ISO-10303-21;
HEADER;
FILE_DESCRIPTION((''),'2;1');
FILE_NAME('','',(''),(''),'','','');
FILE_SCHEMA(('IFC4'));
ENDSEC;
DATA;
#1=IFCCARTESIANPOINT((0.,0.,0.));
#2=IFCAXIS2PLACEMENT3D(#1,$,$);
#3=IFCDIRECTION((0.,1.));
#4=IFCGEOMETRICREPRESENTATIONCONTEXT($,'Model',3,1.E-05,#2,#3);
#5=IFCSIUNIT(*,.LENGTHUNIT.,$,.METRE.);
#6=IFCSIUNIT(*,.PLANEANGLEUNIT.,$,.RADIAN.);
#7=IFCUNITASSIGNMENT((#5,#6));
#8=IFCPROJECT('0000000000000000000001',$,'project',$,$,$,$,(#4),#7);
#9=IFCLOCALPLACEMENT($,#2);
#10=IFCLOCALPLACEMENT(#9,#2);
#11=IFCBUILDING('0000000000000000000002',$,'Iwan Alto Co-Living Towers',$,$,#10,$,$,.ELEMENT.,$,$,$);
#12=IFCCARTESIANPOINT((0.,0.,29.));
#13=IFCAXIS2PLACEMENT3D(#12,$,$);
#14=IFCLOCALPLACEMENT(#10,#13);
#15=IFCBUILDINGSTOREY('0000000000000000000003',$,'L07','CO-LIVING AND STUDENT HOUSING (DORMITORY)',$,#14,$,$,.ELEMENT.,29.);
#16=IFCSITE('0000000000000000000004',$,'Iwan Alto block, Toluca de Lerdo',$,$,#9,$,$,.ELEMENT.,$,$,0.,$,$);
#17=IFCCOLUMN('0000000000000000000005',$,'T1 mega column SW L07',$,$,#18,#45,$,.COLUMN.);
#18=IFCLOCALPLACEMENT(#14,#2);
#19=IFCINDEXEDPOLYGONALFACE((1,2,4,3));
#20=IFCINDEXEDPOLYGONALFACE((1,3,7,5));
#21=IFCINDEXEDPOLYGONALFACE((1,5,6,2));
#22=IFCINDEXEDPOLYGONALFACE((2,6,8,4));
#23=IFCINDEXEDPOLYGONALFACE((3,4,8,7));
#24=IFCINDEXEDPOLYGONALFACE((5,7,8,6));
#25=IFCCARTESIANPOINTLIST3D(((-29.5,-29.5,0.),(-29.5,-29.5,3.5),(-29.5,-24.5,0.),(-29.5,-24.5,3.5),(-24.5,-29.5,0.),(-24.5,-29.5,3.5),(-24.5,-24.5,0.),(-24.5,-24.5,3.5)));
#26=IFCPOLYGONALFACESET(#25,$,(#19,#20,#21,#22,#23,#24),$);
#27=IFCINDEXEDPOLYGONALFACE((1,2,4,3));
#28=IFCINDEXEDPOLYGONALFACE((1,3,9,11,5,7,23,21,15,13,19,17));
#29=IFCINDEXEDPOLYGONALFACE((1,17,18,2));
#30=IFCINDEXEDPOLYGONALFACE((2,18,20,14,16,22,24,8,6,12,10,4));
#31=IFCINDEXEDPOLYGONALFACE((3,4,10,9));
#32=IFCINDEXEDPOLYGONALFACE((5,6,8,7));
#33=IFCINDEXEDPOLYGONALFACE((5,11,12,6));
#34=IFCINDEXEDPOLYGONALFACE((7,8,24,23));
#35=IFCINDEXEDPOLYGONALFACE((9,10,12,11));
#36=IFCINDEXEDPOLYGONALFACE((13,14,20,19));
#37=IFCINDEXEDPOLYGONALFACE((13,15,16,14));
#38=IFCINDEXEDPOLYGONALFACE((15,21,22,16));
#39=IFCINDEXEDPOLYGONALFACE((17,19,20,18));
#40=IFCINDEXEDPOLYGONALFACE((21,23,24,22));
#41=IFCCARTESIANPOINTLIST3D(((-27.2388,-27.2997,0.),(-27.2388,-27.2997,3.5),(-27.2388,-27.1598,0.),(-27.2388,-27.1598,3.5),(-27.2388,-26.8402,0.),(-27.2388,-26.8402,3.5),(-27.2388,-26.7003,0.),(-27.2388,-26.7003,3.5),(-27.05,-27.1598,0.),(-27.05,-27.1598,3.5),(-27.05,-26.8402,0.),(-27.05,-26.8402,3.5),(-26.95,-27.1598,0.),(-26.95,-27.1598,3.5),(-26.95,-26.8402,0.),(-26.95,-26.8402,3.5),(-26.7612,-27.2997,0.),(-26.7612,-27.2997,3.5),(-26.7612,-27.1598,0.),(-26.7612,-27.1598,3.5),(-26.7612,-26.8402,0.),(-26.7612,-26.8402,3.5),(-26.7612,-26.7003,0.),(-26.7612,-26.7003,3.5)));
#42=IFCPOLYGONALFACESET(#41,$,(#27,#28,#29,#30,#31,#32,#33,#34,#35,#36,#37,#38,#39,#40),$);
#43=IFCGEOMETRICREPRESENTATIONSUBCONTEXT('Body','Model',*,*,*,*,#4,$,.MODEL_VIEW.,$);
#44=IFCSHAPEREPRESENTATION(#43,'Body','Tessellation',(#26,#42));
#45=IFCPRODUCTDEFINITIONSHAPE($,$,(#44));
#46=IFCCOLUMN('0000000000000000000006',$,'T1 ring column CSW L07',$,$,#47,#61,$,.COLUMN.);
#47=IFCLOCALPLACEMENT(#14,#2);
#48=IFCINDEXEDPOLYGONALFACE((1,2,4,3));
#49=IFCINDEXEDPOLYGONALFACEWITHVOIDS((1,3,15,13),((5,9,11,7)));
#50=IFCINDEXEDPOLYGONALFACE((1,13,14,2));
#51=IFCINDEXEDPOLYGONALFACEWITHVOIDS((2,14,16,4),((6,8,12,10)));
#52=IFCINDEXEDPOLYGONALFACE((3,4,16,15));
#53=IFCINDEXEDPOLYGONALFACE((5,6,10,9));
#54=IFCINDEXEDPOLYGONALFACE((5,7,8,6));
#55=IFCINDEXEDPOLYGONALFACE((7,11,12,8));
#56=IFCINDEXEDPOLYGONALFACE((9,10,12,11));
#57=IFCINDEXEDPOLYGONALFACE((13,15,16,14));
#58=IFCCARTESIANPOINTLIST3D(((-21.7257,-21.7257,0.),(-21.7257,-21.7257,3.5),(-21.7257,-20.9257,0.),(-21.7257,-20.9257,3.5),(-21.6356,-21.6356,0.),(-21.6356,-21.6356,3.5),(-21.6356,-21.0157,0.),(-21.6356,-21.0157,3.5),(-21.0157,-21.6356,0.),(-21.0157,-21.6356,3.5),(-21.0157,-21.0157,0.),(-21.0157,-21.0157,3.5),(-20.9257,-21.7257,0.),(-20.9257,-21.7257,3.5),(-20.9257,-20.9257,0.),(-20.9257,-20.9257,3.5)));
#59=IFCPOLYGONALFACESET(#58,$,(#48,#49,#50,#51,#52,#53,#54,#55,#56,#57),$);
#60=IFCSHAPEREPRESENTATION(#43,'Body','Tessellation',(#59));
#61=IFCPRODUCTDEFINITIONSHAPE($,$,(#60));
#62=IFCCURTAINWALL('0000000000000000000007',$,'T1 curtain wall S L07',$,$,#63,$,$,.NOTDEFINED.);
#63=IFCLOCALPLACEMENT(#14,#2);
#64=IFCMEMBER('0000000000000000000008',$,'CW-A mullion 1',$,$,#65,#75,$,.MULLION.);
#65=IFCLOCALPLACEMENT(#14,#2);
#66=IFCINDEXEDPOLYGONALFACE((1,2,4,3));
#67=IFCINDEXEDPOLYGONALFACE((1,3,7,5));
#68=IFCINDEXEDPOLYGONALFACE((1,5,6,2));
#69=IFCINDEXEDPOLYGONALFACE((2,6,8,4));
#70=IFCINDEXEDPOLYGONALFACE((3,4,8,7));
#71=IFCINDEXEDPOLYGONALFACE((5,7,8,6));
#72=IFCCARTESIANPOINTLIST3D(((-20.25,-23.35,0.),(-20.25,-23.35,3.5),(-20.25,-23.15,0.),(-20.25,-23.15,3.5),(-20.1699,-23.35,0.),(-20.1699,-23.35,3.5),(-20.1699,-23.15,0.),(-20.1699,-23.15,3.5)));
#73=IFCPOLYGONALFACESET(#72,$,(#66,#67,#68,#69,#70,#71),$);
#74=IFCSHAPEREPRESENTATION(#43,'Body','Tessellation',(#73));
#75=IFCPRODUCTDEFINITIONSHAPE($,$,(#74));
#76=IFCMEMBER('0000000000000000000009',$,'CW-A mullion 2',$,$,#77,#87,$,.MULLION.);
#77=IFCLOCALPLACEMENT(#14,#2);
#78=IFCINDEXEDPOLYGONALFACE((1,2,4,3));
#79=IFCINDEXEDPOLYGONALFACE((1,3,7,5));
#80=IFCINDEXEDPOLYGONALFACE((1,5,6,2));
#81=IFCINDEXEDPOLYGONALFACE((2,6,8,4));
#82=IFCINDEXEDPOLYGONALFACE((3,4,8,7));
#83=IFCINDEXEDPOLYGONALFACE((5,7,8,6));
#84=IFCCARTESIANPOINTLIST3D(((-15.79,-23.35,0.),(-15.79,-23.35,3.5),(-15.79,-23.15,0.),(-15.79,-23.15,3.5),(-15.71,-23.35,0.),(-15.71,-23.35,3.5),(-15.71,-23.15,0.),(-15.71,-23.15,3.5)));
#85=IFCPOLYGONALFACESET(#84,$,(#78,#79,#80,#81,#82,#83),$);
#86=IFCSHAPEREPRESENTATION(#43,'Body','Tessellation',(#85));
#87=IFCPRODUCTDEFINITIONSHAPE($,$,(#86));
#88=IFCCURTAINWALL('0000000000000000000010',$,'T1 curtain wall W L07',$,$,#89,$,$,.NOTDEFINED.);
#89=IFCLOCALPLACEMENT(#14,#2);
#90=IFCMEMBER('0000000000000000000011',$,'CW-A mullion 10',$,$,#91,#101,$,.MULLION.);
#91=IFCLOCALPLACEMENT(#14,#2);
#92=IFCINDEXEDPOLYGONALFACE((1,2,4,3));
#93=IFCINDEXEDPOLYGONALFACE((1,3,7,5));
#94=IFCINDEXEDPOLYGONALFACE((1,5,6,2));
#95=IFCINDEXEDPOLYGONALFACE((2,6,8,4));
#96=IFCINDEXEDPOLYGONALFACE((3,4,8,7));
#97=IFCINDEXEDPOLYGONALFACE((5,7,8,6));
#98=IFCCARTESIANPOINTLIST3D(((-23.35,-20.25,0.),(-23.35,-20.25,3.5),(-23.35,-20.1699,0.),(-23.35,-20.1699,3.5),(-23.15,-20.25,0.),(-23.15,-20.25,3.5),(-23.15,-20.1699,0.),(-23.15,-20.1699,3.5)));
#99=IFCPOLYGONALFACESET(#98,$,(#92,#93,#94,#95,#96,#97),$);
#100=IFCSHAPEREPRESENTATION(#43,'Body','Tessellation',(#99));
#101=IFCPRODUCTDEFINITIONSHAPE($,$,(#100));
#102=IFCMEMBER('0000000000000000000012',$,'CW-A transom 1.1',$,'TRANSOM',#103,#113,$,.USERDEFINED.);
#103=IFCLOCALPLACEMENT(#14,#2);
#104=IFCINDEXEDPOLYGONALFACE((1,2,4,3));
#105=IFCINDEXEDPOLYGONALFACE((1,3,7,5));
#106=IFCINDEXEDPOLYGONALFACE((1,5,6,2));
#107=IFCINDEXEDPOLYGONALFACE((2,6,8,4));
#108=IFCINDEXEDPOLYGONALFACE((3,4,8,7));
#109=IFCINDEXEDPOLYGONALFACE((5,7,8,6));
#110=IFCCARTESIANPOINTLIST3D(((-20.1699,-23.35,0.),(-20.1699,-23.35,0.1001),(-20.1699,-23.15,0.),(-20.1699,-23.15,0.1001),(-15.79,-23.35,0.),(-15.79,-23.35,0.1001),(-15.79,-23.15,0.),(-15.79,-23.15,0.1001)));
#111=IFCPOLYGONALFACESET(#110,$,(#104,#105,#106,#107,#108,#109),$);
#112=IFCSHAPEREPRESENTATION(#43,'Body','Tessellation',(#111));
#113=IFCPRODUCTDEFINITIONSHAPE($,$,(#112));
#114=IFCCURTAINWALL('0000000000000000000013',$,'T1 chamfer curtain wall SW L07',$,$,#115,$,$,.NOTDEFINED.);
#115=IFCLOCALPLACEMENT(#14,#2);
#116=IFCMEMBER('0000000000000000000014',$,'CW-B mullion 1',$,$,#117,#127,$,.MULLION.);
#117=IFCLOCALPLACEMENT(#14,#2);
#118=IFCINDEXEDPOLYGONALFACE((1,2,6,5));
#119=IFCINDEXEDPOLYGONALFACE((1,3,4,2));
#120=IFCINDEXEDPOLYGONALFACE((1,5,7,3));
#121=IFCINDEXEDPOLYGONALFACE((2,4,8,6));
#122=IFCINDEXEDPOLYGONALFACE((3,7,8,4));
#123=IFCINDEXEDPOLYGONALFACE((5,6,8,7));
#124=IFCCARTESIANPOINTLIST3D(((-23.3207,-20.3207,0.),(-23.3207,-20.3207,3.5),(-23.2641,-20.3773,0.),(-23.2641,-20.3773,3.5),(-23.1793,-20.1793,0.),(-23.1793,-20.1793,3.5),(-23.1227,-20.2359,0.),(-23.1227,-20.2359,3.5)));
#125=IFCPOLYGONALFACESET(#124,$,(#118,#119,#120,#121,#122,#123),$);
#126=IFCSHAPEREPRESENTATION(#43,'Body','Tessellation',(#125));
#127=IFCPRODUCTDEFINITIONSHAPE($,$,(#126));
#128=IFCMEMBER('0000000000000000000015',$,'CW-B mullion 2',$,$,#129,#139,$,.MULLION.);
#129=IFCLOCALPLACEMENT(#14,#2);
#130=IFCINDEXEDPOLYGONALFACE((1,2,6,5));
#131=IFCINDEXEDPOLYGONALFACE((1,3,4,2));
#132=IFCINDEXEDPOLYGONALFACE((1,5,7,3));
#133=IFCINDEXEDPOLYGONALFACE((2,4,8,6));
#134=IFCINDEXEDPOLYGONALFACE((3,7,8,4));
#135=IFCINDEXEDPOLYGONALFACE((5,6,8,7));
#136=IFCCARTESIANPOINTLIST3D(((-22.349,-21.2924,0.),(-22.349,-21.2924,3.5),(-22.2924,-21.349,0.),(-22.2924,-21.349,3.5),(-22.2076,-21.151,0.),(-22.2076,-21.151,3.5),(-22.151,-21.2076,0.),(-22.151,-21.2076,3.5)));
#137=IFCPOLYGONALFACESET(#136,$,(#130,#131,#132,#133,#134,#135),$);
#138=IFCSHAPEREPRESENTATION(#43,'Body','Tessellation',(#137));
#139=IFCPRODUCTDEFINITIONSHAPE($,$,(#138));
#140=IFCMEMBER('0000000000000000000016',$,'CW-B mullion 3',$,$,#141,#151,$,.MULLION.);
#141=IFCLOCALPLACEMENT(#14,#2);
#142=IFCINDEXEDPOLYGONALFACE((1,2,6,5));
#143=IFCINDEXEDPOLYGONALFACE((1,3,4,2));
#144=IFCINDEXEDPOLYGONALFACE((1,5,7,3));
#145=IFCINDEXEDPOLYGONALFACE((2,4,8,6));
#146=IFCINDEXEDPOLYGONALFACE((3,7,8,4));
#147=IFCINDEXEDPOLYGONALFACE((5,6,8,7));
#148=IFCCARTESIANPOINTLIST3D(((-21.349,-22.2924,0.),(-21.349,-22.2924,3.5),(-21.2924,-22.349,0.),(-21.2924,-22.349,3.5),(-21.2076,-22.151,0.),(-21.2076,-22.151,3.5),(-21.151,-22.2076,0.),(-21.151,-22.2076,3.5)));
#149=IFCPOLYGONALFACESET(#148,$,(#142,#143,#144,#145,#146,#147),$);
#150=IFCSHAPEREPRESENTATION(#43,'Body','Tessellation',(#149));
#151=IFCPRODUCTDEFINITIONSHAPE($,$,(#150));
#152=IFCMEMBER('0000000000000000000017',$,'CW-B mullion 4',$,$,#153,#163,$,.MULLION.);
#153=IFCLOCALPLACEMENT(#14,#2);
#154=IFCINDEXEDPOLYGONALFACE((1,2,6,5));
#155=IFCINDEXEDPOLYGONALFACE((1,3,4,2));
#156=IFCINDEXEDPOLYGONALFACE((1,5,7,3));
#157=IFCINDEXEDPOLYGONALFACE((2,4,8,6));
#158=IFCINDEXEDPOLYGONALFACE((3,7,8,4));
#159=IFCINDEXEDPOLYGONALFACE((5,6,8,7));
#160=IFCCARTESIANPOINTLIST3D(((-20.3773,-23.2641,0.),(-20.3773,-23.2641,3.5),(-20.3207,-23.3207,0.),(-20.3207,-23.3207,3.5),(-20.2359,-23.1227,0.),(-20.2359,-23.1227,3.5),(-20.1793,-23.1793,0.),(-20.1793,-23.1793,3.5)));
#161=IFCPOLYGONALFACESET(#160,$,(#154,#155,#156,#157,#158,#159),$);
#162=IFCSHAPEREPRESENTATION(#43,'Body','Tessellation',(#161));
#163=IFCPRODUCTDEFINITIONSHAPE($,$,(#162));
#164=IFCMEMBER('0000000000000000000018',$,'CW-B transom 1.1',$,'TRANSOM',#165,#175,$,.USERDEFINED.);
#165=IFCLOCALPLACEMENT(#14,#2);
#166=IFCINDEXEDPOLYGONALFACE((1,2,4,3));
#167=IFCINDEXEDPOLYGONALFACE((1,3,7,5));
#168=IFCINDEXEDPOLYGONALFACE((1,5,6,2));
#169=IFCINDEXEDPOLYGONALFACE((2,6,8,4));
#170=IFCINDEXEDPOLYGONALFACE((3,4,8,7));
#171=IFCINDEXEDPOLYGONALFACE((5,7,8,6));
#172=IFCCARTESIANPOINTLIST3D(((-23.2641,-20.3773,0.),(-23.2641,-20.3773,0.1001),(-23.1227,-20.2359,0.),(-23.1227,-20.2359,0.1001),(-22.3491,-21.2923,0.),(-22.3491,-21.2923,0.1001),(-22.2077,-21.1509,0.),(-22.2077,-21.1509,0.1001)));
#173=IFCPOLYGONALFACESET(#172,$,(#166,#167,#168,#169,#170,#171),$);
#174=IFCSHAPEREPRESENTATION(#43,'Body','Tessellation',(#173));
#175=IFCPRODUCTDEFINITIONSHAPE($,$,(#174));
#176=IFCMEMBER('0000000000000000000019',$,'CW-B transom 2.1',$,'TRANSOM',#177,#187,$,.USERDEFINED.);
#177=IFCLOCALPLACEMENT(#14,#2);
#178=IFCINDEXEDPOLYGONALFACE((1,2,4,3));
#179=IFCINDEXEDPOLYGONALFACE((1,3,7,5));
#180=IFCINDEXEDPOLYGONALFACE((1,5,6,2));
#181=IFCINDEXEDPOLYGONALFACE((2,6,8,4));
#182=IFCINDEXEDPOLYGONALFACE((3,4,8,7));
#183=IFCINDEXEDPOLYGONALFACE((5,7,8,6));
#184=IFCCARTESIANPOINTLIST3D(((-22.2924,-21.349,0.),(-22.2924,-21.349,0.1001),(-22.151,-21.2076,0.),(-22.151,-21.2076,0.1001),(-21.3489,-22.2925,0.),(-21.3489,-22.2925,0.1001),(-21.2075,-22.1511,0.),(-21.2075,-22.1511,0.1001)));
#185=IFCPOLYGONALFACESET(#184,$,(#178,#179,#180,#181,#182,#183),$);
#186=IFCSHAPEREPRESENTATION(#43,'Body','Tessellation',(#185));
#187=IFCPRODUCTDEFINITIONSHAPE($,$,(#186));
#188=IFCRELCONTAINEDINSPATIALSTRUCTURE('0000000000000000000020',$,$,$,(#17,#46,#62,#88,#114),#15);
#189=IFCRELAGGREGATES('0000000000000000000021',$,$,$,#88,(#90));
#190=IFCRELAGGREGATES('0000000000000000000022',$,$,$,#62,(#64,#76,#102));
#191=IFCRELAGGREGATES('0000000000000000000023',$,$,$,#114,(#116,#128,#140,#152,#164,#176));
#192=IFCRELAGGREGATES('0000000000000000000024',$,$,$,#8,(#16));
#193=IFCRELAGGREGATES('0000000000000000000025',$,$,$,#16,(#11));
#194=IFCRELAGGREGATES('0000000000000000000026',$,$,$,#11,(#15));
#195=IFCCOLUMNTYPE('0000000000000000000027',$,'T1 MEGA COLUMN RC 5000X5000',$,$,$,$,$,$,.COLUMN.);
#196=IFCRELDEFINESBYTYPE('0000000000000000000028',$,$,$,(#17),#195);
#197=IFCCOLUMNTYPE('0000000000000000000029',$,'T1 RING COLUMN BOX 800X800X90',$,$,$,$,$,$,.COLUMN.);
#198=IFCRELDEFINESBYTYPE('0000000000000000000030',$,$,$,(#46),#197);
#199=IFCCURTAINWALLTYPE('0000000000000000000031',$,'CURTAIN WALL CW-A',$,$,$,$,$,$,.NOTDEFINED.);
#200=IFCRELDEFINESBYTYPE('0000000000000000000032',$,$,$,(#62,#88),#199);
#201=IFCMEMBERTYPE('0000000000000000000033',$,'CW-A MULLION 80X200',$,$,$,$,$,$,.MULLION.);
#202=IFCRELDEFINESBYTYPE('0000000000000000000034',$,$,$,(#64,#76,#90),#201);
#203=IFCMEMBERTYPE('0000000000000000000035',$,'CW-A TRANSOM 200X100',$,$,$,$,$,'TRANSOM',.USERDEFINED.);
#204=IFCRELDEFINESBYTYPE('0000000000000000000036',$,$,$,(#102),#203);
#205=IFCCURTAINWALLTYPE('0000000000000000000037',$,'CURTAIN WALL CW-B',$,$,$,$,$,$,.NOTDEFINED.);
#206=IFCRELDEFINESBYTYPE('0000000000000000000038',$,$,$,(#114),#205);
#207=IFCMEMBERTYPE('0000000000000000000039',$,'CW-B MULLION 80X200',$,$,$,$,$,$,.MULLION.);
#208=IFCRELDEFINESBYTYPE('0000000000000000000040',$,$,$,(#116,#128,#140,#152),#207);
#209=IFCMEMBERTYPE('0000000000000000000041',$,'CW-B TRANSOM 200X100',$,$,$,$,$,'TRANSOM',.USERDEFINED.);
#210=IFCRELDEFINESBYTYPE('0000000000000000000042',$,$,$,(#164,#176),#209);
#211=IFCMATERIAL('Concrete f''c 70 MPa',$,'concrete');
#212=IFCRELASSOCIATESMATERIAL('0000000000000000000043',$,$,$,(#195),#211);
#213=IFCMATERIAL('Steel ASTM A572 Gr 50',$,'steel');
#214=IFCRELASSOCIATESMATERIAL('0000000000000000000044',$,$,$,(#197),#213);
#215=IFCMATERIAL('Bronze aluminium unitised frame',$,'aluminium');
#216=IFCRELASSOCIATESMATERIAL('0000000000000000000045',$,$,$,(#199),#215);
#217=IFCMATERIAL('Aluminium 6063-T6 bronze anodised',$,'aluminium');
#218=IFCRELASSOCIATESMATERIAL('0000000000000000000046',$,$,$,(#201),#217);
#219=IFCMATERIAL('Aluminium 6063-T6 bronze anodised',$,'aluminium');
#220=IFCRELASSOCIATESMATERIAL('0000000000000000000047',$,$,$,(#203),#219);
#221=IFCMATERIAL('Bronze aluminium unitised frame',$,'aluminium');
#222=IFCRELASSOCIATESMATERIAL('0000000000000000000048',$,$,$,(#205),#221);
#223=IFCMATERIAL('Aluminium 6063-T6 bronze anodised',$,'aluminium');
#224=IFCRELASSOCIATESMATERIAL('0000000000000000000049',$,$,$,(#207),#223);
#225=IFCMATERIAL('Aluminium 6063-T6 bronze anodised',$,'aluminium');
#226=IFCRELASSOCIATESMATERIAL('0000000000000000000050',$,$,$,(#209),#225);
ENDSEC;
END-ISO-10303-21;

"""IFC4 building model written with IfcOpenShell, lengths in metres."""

from ifc_helpers import new_model, si_unit, direction, frame, origin, origin_2d, place, context, subcontext, project, spatial, rectangle, hollow_rectangle, i_section, extrude, material, material_profile, profile_set, type_object, element, aggregate, save


model = new_model("IFC4")

# Units and contexts
model_context = context("Model", 3, precision=1e-05, world=origin(), true_north=direction((0.0, 1.0)))
body_context = subcontext(model_context, "Body", "Model", "MODEL_VIEW")
ifc_project = project(units=[si_unit("LENGTHUNIT", "METRE"), si_unit("PLANEANGLEUNIT", "RADIAN")], contexts=[model_context])

# Site, building, storey
site_placement = place(None, origin())
site = spatial("IfcSite", under=ifc_project, at=site_placement, Name="Iwan Alto block, Toluca de Lerdo", CompositionType="ELEMENT", RefElevation=0.0)
building_placement = place(site_placement, origin())
building = spatial("IfcBuilding", under=site, at=building_placement, Name="Iwan Alto Co-Living Towers", CompositionType="ELEMENT")
storey_placement = place(building_placement, frame((0.0, 0.0, 29.0)))
storey = spatial("IfcBuildingStorey", under=building, at=storey_placement, Name="L07", Description="CO-LIVING AND STUDENT HOUSING (DORMITORY)", CompositionType="ELEMENT", Elevation=29.0)

# Columns
ifc_material_1 = material(Name="Concrete f'c 70 MPa", Category="concrete")
ifc_material_profile_1 = material_profile(ifc_material_1, rectangle(XDim=5.0, YDim=5.0, at=origin_2d()), Name="RC 5000X5000")
ifc_profile_set_1 = profile_set([ifc_material_profile_1], Name="Concrete f'c 70 MPa")
column_type_1 = type_object("IfcColumnType", Name="T1 MEGA COLUMN RC 5000X5000", PredefinedType="COLUMN", material=ifc_profile_set_1)
column_1_placement = place(storey_placement, frame((-27.0, -27.0, 0.0), z_axis=(0.0, 0.0, 1.0), x_axis=(1.0, 0.0, 0.0)))
element("IfcColumn", 1, at=column_1_placement, inside=storey, type_object=column_type_1, Name="T1 mega column SW L07", PredefinedType="COLUMN", context=body_context, shape_type="SweptSolid", body=[
    extrude(rectangle(XDim=5.0, YDim=5.0, at=origin_2d()), origin(), (0.0, 0.0, 1.0), 3.5),
    extrude(i_section(OverallWidth=0.4775, OverallDepth=0.5994, WebThickness=0.1001, FlangeThickness=0.1399, at=origin_2d()), origin(), (0.0, 0.0, 1.0), 3.5),
])
ifc_material_2 = material(Name="Steel ASTM A572 Gr 50", Category="steel")
ifc_material_profile_2 = material_profile(ifc_material_2, hollow_rectangle(XDim=0.8, YDim=0.8, WallThickness=0.0901, at=origin_2d()), Name="BOX 800X800X90")
ifc_profile_set_2 = profile_set([ifc_material_profile_2], Name="Steel ASTM A572 Gr 50")
column_type_2 = type_object("IfcColumnType", Name="T1 RING COLUMN BOX 800X800X90", PredefinedType="COLUMN", material=ifc_profile_set_2)
column_2_placement = place(storey_placement, frame((-21.3257, -21.3257, 0.0), z_axis=(0.0, 0.0, 1.0), x_axis=(1.0, 0.0, 0.0)))
element("IfcColumn", 2, at=column_2_placement, inside=storey, type_object=column_type_2, Name="T1 ring column CSW L07", PredefinedType="COLUMN", context=body_context, shape_type="SweptSolid", body=[
    extrude(hollow_rectangle(XDim=0.8, YDim=0.8, WallThickness=0.0901, at=origin_2d()), origin(), (0.0, 0.0, 1.0), 3.5),
])

# Curtain wall, members
ifc_material_3 = material(Name="Bronze aluminium unitised frame", Category="aluminium")
curtain_wall_type_1 = type_object("IfcCurtainWallType", Name="CURTAIN WALL CW-A", PredefinedType="NOTDEFINED", material=ifc_material_3)
curtain_wall_1_placement = place(storey_placement, origin())
curtain_wall_1 = element("IfcCurtainWall", 3, at=curtain_wall_1_placement, inside=storey, type_object=curtain_wall_type_1, Name="T1 curtain wall S L07", PredefinedType="NOTDEFINED")
ifc_material_4 = material(Name="Aluminium 6063-T6 bronze anodised", Category="aluminium")
ifc_material_profile_3 = material_profile(ifc_material_4, rectangle(XDim=0.2, YDim=0.0801, at=origin_2d()), Name="AL 80X200")
ifc_profile_set_3 = profile_set([ifc_material_profile_3], Name="Aluminium 6063-T6 bronze anodised")
member_type_1 = type_object("IfcMemberType", Name="CW-A MULLION 80X200", PredefinedType="MULLION", material=ifc_profile_set_3)
member_1_placement = place(storey_placement, frame((-20.21, -23.25, 0.0), z_axis=(0.0, 0.0, 1.0), x_axis=(0.0, 1.0, 0.0)))
member_1 = element("IfcMember", 4, at=member_1_placement, type_object=member_type_1, Name="CW-A mullion 1", PredefinedType="MULLION", context=body_context, shape_type="SweptSolid", body=[
    extrude(rectangle(XDim=0.2, YDim=0.0801, at=origin_2d()), origin(), (0.0, 0.0, 1.0), 3.5),
])
member_2_placement = place(storey_placement, frame((-15.75, -23.25, 0.0), z_axis=(0.0, 0.0, 1.0), x_axis=(0.0, 1.0, 0.0)))
member_2 = element("IfcMember", 5, at=member_2_placement, type_object=member_type_1, Name="CW-A mullion 2", PredefinedType="MULLION", context=body_context, shape_type="SweptSolid", body=[
    extrude(rectangle(XDim=0.2, YDim=0.0801, at=origin_2d()), origin(), (0.0, 0.0, 1.0), 3.5),
])

# Curtain wall, member
curtain_wall_2_placement = place(storey_placement, origin())
curtain_wall_2 = element("IfcCurtainWall", 6, at=curtain_wall_2_placement, inside=storey, type_object=curtain_wall_type_1, Name="T1 curtain wall W L07", PredefinedType="NOTDEFINED")
member_3_placement = place(storey_placement, frame((-23.25, -20.21, 0.0), z_axis=(0.0, 0.0, 1.0), x_axis=(1.0, 0.0, 0.0)))
member_3 = element("IfcMember", 7, at=member_3_placement, type_object=member_type_1, Name="CW-A mullion 10", PredefinedType="MULLION", context=body_context, shape_type="SweptSolid", body=[
    extrude(rectangle(XDim=0.2, YDim=0.0801, at=origin_2d()), origin(), (0.0, 0.0, 1.0), 3.5),
])
aggregate(curtain_wall_2, [member_3])

# Member
ifc_material_5 = material(Name="Aluminium 6063-T6 bronze anodised", Category="aluminium")
ifc_material_profile_4 = material_profile(ifc_material_5, rectangle(XDim=0.2, YDim=0.1001, at=origin_2d()), Name="AL 200X100")
ifc_profile_set_4 = profile_set([ifc_material_profile_4], Name="Aluminium 6063-T6 bronze anodised")
member_type_2 = type_object("IfcMemberType", Name="CW-A TRANSOM 200X100", ElementType="TRANSOM", PredefinedType="USERDEFINED", material=ifc_profile_set_4)
member_4_placement = place(storey_placement, frame((-20.1699, -23.25, 0.05), z_axis=(1.0, 0.0, 0.0), x_axis=(0.0, 1.0, 0.0)))
member_4 = element("IfcMember", 8, at=member_4_placement, type_object=member_type_2, Name="CW-A transom 1.1", ObjectType="TRANSOM", PredefinedType="USERDEFINED", context=body_context, shape_type="SweptSolid", body=[
    extrude(rectangle(XDim=0.2, YDim=0.1001, at=origin_2d()), origin(), (0.0, 0.0, 1.0), 4.3799),
])

# Curtain wall, members
ifc_material_6 = material(Name="Bronze aluminium unitised frame", Category="aluminium")
curtain_wall_type_2 = type_object("IfcCurtainWallType", Name="CURTAIN WALL CW-B", PredefinedType="NOTDEFINED", material=ifc_material_6)
curtain_wall_3_placement = place(storey_placement, origin())
curtain_wall_3 = element("IfcCurtainWall", 9, at=curtain_wall_3_placement, inside=storey, type_object=curtain_wall_type_2, Name="T1 chamfer curtain wall SW L07", PredefinedType="NOTDEFINED")
ifc_material_7 = material(Name="Aluminium 6063-T6 bronze anodised", Category="aluminium")
ifc_material_profile_5 = material_profile(ifc_material_7, rectangle(XDim=0.2, YDim=0.0801, at=origin_2d()), Name="AL 80X200")
ifc_profile_set_5 = profile_set([ifc_material_profile_5], Name="Aluminium 6063-T6 bronze anodised")
member_type_3 = type_object("IfcMemberType", Name="CW-B MULLION 80X200", PredefinedType="MULLION", material=ifc_profile_set_5)
member_5_placement = place(storey_placement, frame((-23.2217, -20.2783, 0.0), z_axis=(0.0, 0.0, 1.0), x_axis=(0.707107, 0.707107, 0.0)))
member_5 = element("IfcMember", 10, at=member_5_placement, type_object=member_type_3, Name="CW-B mullion 1", PredefinedType="MULLION", context=body_context, shape_type="SweptSolid", body=[
    extrude(rectangle(XDim=0.2, YDim=0.0801, at=origin_2d()), origin(), (0.0, 0.0, 1.0), 3.5),
])
member_6_placement = place(storey_placement, frame((-22.25, -21.25, 0.0), z_axis=(0.0, 0.0, 1.0), x_axis=(0.707107, 0.707107, 0.0)))
member_6 = element("IfcMember", 11, at=member_6_placement, type_object=member_type_3, Name="CW-B mullion 2", PredefinedType="MULLION", context=body_context, shape_type="SweptSolid", body=[
    extrude(rectangle(XDim=0.2, YDim=0.0801, at=origin_2d()), origin(), (0.0, 0.0, 1.0), 3.5),
])
member_7_placement = place(storey_placement, frame((-21.25, -22.25, 0.0), z_axis=(0.0, 0.0, 1.0), x_axis=(0.707107, 0.707107, 0.0)))
member_7 = element("IfcMember", 12, at=member_7_placement, type_object=member_type_3, Name="CW-B mullion 3", PredefinedType="MULLION", context=body_context, shape_type="SweptSolid", body=[
    extrude(rectangle(XDim=0.2, YDim=0.0801, at=origin_2d()), origin(), (0.0, 0.0, 1.0), 3.5),
])
member_8_placement = place(storey_placement, frame((-20.2783, -23.2217, 0.0), z_axis=(0.0, 0.0, 1.0), x_axis=(0.707107, 0.707107, 0.0)))
member_8 = element("IfcMember", 13, at=member_8_placement, type_object=member_type_3, Name="CW-B mullion 4", PredefinedType="MULLION", context=body_context, shape_type="SweptSolid", body=[
    extrude(rectangle(XDim=0.2, YDim=0.0801, at=origin_2d()), origin(), (0.0, 0.0, 1.0), 3.5),
])
ifc_material_8 = material(Name="Aluminium 6063-T6 bronze anodised", Category="aluminium")
ifc_material_profile_6 = material_profile(ifc_material_8, rectangle(XDim=0.2, YDim=0.1001, at=origin_2d()), Name="AL 200X100")
ifc_profile_set_6 = profile_set([ifc_material_profile_6], Name="Aluminium 6063-T6 bronze anodised")
member_type_4 = type_object("IfcMemberType", Name="CW-B TRANSOM 200X100", ElementType="TRANSOM", PredefinedType="USERDEFINED", material=ifc_profile_set_6)
member_9_placement = place(storey_placement, frame((-23.1934, -20.3066, 0.05), z_axis=(0.707107, -0.707107, 0.0), x_axis=(0.707107, 0.707107, 0.0)))
member_9 = element("IfcMember", 14, at=member_9_placement, type_object=member_type_4, Name="CW-B transom 1.1", ObjectType="TRANSOM", PredefinedType="USERDEFINED", context=body_context, shape_type="SweptSolid", body=[
    extrude(rectangle(XDim=0.2, YDim=0.1001, at=origin_2d()), origin(), (0.0, 0.0, 1.0), 1.2939),
])
member_10_placement = place(storey_placement, frame((-22.2217, -21.2783, 0.05), z_axis=(0.707107, -0.707107, 0.0), x_axis=(0.707107, 0.707107, 0.0)))
member_10 = element("IfcMember", 15, at=member_10_placement, type_object=member_type_4, Name="CW-B transom 2.1", ObjectType="TRANSOM", PredefinedType="USERDEFINED", context=body_context, shape_type="SweptSolid", body=[
    extrude(rectangle(XDim=0.2, YDim=0.1001, at=origin_2d()), origin(), (0.0, 0.0, 1.0), 1.3342),
])

aggregate(curtain_wall_1, [member_1, member_2, member_4])
aggregate(curtain_wall_3, [member_5, member_6, member_7, member_8, member_9, member_10])

save(model, "model.ifc")
